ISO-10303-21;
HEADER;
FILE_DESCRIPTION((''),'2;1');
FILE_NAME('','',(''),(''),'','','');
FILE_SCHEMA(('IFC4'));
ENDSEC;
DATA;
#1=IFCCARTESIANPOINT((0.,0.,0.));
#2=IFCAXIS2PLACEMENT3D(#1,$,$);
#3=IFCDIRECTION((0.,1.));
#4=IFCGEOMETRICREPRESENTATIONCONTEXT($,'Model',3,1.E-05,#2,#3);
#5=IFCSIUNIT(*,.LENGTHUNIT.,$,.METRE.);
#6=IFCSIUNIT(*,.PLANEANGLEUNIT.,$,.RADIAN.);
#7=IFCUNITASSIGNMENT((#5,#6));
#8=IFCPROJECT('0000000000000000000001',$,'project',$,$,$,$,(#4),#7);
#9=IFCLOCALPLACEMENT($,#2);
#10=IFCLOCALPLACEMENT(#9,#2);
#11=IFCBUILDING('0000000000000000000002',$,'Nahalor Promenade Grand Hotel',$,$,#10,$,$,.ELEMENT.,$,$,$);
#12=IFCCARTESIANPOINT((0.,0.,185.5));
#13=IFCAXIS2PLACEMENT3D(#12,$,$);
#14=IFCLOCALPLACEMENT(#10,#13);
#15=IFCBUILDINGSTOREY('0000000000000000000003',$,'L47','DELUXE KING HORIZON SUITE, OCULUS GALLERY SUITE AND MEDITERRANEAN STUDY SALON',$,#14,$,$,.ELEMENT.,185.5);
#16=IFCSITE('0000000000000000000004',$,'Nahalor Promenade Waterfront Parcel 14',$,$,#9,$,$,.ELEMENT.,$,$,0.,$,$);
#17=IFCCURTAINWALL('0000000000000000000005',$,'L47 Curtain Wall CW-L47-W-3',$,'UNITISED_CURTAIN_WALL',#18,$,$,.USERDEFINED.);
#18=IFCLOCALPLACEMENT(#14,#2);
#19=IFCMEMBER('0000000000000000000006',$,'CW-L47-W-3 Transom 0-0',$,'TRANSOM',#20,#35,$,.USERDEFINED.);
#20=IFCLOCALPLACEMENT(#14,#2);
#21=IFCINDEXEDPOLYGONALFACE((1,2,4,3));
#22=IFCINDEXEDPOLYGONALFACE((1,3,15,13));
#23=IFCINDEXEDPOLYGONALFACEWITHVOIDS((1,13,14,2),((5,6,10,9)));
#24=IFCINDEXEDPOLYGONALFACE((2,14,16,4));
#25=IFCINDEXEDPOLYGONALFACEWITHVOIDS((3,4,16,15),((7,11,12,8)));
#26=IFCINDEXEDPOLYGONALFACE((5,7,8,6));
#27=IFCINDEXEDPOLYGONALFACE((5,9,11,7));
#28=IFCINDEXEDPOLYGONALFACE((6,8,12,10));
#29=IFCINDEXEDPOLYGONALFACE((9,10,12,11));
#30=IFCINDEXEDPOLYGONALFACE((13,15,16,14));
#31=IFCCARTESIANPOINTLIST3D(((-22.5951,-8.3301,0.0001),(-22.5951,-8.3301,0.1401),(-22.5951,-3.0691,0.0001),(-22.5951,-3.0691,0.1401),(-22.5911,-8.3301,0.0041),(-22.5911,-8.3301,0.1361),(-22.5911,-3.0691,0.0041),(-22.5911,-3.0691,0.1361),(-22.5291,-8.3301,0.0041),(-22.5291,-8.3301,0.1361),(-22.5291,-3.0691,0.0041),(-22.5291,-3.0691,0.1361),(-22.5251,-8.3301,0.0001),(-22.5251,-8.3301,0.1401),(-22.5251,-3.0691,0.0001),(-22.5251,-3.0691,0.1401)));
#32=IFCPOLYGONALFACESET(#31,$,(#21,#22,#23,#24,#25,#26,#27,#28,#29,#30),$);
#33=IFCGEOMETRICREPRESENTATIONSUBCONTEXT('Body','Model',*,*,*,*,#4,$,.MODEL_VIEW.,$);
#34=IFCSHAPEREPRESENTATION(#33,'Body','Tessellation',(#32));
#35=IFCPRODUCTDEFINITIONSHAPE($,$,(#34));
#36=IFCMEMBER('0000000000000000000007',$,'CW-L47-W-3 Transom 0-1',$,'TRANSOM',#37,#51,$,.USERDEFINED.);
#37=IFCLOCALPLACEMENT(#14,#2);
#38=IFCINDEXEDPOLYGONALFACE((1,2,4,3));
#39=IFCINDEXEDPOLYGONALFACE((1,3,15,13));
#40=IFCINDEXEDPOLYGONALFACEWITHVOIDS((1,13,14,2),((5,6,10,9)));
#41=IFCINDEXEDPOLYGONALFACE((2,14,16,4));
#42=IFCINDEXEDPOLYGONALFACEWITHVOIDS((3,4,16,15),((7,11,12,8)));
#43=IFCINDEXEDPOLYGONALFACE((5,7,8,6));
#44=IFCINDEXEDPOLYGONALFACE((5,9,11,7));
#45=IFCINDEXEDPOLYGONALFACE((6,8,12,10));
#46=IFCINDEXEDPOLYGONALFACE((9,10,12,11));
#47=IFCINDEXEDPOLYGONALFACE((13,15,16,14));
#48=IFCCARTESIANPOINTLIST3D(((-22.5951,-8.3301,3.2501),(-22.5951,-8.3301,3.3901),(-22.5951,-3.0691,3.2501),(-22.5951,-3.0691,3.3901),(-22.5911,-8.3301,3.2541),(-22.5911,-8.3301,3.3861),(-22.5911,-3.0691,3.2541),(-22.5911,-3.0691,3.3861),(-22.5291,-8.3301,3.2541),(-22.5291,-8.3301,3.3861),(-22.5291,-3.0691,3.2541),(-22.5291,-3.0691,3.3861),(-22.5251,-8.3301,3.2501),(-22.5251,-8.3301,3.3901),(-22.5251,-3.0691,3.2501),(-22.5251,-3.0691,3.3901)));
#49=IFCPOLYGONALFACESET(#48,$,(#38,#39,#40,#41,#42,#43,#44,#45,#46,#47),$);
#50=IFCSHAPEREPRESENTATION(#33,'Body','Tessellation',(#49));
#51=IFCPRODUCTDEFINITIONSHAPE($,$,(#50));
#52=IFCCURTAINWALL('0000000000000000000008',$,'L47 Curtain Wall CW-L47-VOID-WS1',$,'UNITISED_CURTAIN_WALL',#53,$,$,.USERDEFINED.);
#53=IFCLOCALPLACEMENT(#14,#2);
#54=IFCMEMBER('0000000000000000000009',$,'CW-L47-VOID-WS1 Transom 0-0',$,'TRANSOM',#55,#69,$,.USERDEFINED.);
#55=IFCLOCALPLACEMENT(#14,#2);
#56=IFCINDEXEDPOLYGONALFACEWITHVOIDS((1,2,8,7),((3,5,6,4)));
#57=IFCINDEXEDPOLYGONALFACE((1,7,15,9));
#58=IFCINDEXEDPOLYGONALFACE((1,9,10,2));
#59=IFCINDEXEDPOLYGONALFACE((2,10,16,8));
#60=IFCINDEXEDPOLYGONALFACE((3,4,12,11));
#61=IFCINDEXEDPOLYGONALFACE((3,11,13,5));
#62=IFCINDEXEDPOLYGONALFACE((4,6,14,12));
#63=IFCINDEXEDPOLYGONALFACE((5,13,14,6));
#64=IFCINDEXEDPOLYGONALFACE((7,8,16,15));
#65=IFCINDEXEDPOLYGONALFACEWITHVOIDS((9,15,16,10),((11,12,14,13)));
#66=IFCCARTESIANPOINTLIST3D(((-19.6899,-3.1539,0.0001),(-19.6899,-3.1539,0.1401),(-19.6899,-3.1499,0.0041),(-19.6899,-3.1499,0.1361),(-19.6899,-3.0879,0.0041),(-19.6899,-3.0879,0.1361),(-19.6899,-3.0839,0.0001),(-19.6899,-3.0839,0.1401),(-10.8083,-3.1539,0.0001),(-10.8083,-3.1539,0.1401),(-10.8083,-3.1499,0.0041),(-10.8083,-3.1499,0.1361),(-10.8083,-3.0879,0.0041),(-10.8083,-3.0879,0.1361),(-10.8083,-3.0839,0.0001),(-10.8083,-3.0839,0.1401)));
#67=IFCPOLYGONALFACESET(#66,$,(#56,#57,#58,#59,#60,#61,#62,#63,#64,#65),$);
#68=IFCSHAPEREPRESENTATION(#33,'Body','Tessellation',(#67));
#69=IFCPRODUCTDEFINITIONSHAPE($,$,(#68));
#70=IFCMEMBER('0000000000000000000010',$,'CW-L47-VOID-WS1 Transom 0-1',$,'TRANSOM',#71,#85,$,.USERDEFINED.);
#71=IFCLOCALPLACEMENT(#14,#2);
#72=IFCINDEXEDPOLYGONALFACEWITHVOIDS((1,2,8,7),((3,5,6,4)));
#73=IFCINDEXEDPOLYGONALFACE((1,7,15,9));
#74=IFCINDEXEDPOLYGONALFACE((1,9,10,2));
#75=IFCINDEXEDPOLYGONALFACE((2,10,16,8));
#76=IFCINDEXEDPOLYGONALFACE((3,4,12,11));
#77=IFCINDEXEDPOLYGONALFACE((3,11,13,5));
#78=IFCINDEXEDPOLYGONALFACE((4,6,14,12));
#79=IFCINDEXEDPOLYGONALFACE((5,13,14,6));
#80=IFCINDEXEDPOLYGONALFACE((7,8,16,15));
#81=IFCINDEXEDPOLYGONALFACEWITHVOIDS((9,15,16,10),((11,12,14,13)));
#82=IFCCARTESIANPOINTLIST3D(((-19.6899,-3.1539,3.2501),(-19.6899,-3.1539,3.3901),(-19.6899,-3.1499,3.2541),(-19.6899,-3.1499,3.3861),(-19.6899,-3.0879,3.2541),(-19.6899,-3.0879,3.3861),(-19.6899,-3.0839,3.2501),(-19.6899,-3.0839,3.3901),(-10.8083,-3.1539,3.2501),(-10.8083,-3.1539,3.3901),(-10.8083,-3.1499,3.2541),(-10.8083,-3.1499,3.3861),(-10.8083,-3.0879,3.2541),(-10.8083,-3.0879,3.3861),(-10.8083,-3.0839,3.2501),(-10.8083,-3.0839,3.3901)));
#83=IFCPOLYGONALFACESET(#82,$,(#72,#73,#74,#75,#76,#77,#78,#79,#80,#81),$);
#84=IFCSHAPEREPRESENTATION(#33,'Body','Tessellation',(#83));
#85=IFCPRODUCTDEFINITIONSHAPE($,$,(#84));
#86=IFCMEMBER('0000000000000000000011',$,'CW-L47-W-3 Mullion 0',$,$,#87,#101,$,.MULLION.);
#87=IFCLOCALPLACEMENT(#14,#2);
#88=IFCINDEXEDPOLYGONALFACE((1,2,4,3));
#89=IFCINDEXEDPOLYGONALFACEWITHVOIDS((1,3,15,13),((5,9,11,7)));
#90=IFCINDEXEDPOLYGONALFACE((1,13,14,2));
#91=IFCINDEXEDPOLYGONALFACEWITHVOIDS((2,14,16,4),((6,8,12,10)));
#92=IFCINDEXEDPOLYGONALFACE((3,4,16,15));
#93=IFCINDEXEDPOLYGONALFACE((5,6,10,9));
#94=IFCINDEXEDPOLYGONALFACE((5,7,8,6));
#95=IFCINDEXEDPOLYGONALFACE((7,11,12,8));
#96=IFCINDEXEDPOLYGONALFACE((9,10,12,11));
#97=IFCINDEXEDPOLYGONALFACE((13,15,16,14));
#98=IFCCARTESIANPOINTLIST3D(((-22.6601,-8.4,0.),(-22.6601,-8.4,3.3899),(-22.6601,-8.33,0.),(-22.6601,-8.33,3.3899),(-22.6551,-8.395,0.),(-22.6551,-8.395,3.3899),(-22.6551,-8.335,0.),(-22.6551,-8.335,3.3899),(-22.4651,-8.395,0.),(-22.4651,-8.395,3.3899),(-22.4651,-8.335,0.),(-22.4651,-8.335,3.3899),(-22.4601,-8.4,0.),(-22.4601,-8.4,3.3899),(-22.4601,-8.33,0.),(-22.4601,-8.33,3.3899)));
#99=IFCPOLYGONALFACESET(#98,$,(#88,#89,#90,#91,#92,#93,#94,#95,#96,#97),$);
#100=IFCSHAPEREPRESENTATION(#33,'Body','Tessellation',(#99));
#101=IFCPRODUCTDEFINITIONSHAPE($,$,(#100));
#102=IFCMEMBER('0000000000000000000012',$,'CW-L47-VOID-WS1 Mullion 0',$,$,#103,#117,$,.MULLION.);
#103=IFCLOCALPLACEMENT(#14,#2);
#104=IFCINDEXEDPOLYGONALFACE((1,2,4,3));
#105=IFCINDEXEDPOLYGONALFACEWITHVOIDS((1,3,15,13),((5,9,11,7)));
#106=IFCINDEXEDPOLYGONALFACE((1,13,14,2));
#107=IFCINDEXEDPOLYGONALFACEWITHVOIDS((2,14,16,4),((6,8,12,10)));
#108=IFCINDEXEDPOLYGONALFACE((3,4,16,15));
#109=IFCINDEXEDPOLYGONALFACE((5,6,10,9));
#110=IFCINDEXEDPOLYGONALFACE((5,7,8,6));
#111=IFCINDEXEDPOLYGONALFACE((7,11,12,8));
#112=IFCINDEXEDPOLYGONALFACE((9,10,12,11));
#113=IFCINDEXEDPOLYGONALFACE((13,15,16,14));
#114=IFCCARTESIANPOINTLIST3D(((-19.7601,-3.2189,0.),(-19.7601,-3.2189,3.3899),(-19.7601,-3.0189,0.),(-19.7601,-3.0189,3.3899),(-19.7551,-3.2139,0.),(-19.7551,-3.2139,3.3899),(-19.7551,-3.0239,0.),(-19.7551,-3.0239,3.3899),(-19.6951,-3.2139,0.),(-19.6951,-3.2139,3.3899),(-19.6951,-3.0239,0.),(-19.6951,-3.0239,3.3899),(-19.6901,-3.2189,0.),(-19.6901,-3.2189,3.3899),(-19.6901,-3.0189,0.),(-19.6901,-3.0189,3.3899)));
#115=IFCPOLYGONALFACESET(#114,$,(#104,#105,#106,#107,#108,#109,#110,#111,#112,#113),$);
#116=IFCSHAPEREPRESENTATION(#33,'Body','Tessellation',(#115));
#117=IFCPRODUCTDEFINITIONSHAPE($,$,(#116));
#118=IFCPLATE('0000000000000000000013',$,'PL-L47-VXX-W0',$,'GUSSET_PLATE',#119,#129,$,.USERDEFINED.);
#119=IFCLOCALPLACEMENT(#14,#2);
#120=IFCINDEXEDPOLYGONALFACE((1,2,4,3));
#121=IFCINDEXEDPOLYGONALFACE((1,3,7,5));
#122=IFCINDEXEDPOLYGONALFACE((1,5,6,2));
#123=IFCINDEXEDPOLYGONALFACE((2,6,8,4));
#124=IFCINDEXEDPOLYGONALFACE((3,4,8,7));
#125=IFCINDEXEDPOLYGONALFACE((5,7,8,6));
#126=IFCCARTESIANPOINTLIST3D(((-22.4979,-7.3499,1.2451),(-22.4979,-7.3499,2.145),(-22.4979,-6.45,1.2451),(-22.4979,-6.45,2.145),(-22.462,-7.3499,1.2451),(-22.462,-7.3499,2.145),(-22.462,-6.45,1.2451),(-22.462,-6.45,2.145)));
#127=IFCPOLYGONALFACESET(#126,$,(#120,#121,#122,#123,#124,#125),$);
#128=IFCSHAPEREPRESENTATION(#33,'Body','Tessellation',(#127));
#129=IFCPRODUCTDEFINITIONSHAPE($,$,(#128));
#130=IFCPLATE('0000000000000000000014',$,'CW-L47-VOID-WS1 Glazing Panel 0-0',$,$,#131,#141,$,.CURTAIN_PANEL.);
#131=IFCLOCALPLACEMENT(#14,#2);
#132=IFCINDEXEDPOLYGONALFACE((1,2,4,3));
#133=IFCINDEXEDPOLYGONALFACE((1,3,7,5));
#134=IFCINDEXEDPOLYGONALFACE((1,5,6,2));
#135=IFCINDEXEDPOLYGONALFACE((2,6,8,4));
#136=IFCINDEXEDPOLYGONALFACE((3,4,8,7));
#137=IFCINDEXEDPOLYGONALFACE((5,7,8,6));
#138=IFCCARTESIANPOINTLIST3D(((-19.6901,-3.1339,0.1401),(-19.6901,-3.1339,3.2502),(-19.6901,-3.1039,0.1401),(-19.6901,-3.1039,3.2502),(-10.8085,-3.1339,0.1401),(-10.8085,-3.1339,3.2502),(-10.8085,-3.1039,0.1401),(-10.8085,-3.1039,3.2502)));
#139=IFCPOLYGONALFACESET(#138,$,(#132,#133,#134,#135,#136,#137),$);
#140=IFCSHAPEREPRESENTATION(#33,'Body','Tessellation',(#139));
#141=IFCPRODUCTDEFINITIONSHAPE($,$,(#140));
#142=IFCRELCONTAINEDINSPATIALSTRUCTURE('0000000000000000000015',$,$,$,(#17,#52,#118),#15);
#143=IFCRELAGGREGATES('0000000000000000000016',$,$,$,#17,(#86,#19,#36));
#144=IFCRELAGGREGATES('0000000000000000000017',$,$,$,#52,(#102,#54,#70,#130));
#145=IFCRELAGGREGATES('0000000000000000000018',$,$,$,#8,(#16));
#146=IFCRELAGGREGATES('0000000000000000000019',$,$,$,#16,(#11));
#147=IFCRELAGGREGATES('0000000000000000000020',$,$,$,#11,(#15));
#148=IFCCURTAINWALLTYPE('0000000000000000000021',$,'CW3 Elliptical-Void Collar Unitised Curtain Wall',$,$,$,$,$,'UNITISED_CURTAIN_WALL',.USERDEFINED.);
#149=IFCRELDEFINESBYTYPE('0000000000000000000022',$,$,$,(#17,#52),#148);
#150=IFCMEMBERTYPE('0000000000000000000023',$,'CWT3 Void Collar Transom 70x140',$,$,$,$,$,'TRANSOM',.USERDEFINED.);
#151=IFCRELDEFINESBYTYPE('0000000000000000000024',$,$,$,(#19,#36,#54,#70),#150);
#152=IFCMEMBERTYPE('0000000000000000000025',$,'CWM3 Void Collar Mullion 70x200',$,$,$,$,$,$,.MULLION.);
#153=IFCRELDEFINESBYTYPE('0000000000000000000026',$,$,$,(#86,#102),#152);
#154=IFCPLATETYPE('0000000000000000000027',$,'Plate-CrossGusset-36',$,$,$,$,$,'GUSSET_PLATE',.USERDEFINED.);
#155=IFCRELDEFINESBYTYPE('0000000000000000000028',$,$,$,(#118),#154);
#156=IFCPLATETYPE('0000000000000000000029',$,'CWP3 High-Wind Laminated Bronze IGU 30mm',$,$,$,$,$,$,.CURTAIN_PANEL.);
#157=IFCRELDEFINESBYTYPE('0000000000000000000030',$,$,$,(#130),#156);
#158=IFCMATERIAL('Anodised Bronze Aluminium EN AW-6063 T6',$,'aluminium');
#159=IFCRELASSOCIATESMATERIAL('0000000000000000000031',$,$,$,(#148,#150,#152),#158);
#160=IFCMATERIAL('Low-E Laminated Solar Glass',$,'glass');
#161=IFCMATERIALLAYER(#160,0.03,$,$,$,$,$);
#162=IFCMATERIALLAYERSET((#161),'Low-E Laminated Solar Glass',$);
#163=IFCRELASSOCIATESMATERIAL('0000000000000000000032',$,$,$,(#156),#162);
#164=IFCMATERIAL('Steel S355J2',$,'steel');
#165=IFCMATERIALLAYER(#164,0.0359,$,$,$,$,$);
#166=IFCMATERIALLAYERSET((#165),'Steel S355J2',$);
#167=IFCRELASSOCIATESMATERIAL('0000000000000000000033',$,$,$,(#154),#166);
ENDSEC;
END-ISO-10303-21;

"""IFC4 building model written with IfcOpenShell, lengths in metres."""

from ifc_helpers import new_model, si_unit, direction, frame, origin, origin_2d, place, context, subcontext, project, spatial, rectangle, hollow_rectangle, extrude, source, transform, mapped, material, layer, layer_set, material_profile, profile_set, type_object, element, aggregate, save


model = new_model("IFC4")

# Units and contexts
model_context = context("Model", 3, precision=1e-05, world=origin(), true_north=direction((0.0, 1.0)))
body_context = subcontext(model_context, "Body", "Model", "MODEL_VIEW")
ifc_project = project(units=[si_unit("LENGTHUNIT", "METRE"), si_unit("PLANEANGLEUNIT", "RADIAN")], contexts=[model_context])

# Site, building, storey
site_placement = place(None, origin())
site = spatial("IfcSite", under=ifc_project, at=site_placement, Name="Nahalor Promenade Waterfront Parcel 14", CompositionType="ELEMENT", RefElevation=0.0)
building_placement = place(site_placement, origin())
building = spatial("IfcBuilding", under=site, at=building_placement, Name="Nahalor Promenade Grand Hotel", CompositionType="ELEMENT")
storey_placement = place(building_placement, frame((0.0, 0.0, 185.5)))
storey = spatial("IfcBuildingStorey", under=building, at=storey_placement, Name="L47", Description="DELUXE KING HORIZON SUITE, OCULUS GALLERY SUITE AND MEDITERRANEAN STUDY SALON", CompositionType="ELEMENT", Elevation=185.5)

# Shared definitions
ifc_material_1 = material(Name="Steel S355J2", Category="steel")

# Curtain walls, members
ifc_material_2 = material(Name="Anodised Bronze Aluminium EN AW-6063 T6", Category="aluminium")
curtain_wall_type = type_object("IfcCurtainWallType", Name="CW3 Elliptical-Void Collar Unitised Curtain Wall", ElementType="UNITISED_CURTAIN_WALL", PredefinedType="USERDEFINED", material=ifc_material_2)
curtain_wall_1_placement = place(storey_placement, origin())
curtain_wall_1 = element("IfcCurtainWall", 1, at=curtain_wall_1_placement, inside=storey, type_object=curtain_wall_type, Name="L47 Curtain Wall CW-L47-W-3", ObjectType="UNITISED_CURTAIN_WALL", PredefinedType="USERDEFINED")
ifc_material_profile_1 = material_profile(ifc_material_2, hollow_rectangle(XDim=0.07, YDim=0.14, WallThickness=0.004, at=origin_2d()), Name="CWT 70x140x4")
ifc_profile_set_1 = profile_set([ifc_material_profile_1], Name="Anodised Bronze Aluminium EN AW-6063 T6")
member_type_1 = type_object("IfcMemberType", Name="CWT3 Void Collar Transom 70x140", ElementType="TRANSOM", PredefinedType="USERDEFINED", material=ifc_profile_set_1)
shared_shape_1 = source(origin(), body_context, "Body", "SweptSolid", [
    extrude(hollow_rectangle(XDim=0.07, YDim=0.14, WallThickness=0.004, at=origin_2d()), origin(), (0.0, 0.0, 1.0), 5.261),
])
member_1_placement = place(storey_placement, frame((-22.5601, -8.3301, 0.0701), z_axis=(0.0, 1.0, 0.0), x_axis=(-1.0, 0.0, 0.0)))
member_1 = element("IfcMember", 2, at=member_1_placement, type_object=member_type_1, Name="CW-L47-W-3 Transom 0-0", ObjectType="TRANSOM", PredefinedType="USERDEFINED", context=body_context, shape_type="MappedRepresentation", body=[
    mapped(shared_shape_1, transform((0.0, 0.0, 0.0), scale=1.0)),
])
member_2_placement = place(storey_placement, frame((-22.5601, -8.3301, 3.3201), z_axis=(0.0, 1.0, 0.0), x_axis=(-1.0, 0.0, 0.0)))
member_2 = element("IfcMember", 3, at=member_2_placement, type_object=member_type_1, Name="CW-L47-W-3 Transom 0-1", ObjectType="TRANSOM", PredefinedType="USERDEFINED", context=body_context, shape_type="MappedRepresentation", body=[
    mapped(shared_shape_1, transform((0.0, 0.0, 0.0), scale=1.0)),
])
curtain_wall_2_placement = place(storey_placement, origin())
curtain_wall_2 = element("IfcCurtainWall", 4, at=curtain_wall_2_placement, inside=storey, type_object=curtain_wall_type, Name="L47 Curtain Wall CW-L47-VOID-WS1", ObjectType="UNITISED_CURTAIN_WALL", PredefinedType="USERDEFINED")
shared_shape_2 = source(origin(), body_context, "Body", "SweptSolid", [
    extrude(hollow_rectangle(XDim=0.07, YDim=0.14, WallThickness=0.004, at=origin_2d()), origin(), (0.0, 0.0, 1.0), 8.8816),
])
member_3_placement = place(storey_placement, frame((-19.6899, -3.1189, 0.0701), z_axis=(1.0, 0.0, 0.0), x_axis=(0.0, 1.0, 0.0)))
member_3 = element("IfcMember", 5, at=member_3_placement, type_object=member_type_1, Name="CW-L47-VOID-WS1 Transom 0-0", ObjectType="TRANSOM", PredefinedType="USERDEFINED", context=body_context, shape_type="MappedRepresentation", body=[
    mapped(shared_shape_2, transform((0.0, 0.0, 0.0), scale=1.0)),
])
member_4_placement = place(storey_placement, frame((-19.6899, -3.1189, 3.3201), z_axis=(1.0, 0.0, 0.0), x_axis=(0.0, 1.0, 0.0)))
member_4 = element("IfcMember", 6, at=member_4_placement, type_object=member_type_1, Name="CW-L47-VOID-WS1 Transom 0-1", ObjectType="TRANSOM", PredefinedType="USERDEFINED", context=body_context, shape_type="MappedRepresentation", body=[
    mapped(shared_shape_2, transform((0.0, 0.0, 0.0), scale=1.0)),
])

# Members
ifc_material_profile_2 = material_profile(ifc_material_2, hollow_rectangle(XDim=0.07, YDim=0.2, WallThickness=0.005, at=origin_2d()), Name="CWM 70x200x5")
ifc_profile_set_2 = profile_set([ifc_material_profile_2], Name="Anodised Bronze Aluminium EN AW-6063 T6")
member_type_2 = type_object("IfcMemberType", Name="CWM3 Void Collar Mullion 70x200", PredefinedType="MULLION", material=ifc_profile_set_2)
shared_shape_3 = source(origin(), body_context, "Body", "SweptSolid", [
    extrude(hollow_rectangle(XDim=0.07, YDim=0.2, WallThickness=0.005, at=origin_2d()), origin(), (0.0, 0.0, 1.0), 3.3899),
])
member_5_placement = place(storey_placement, frame((-22.5601, -8.365, 0.0), z_axis=(0.0, 0.0, 1.0), x_axis=(0.0, 1.0, 0.0)))
member_5 = element("IfcMember", 7, at=member_5_placement, type_object=member_type_2, Name="CW-L47-W-3 Mullion 0", PredefinedType="MULLION", context=body_context, shape_type="MappedRepresentation", body=[
    mapped(shared_shape_3, transform((0.0, 0.0, 0.0), scale=1.0)),
])
member_6_placement = place(storey_placement, frame((-19.7251, -3.1189, 0.0), z_axis=(0.0, 0.0, 1.0), x_axis=(1.0, 0.0, 0.0)))
member_6 = element("IfcMember", 8, at=member_6_placement, type_object=member_type_2, Name="CW-L47-VOID-WS1 Mullion 0", PredefinedType="MULLION", context=body_context, shape_type="MappedRepresentation", body=[
    mapped(shared_shape_3, transform((0.0, 0.0, 0.0), scale=1.0)),
])

# Plates
ifc_material_3 = material(Name="Low-E Laminated Solar Glass", Category="glass")
ifc_layer_1 = layer(ifc_material_3, 0.03)
ifc_layer_set_1 = layer_set([ifc_layer_1], Name="Low-E Laminated Solar Glass")
plate_type_1 = type_object("IfcPlateType", Name="CWP3 High-Wind Laminated Bronze IGU 30mm", PredefinedType="CURTAIN_PANEL", material=ifc_layer_set_1)
aggregate(curtain_wall_1, [member_5, member_1, member_2])
ifc_layer_2 = layer(ifc_material_1, 0.0359)
ifc_layer_set_2 = layer_set([ifc_layer_2], Name="Steel S355J2")
plate_type_2 = type_object("IfcPlateType", Name="Plate-CrossGusset-36", ElementType="GUSSET_PLATE", PredefinedType="USERDEFINED", material=ifc_layer_set_2)
shared_shape_4 = source(origin(), body_context, "Body", "SweptSolid", [
    extrude(rectangle(XDim=0.8999, YDim=0.0359, at=origin_2d()), origin(), (0.0, 0.0, 1.0), 0.8999),
])
plate_1_placement = place(storey_placement, frame((-22.48, -6.8999, 1.2451), z_axis=(0.0, 0.0, 1.0), x_axis=(0.0, 1.0, 0.0)))
element("IfcPlate", 9, at=plate_1_placement, inside=storey, type_object=plate_type_2, Name="PL-L47-VXX-W0", ObjectType="GUSSET_PLATE", PredefinedType="USERDEFINED", context=body_context, shape_type="MappedRepresentation", body=[
    mapped(shared_shape_4, transform((0.0, 0.0, 0.0), scale=1.0)),
])
shared_shape_5 = source(origin(), body_context, "Body", "SweptSolid", [
    extrude(rectangle(XDim=8.8816, YDim=0.03, at=origin_2d()), origin(), (0.0, 0.0, 1.0), 3.1101),
])
plate_2_placement = place(storey_placement, frame((-15.2493, -3.1189, 0.1401), z_axis=(0.0, 0.0, 1.0), x_axis=(1.0, 0.0, 0.0)))
plate_2 = element("IfcPlate", 10, at=plate_2_placement, type_object=plate_type_1, Name="CW-L47-VOID-WS1 Glazing Panel 0-0", PredefinedType="CURTAIN_PANEL", context=body_context, shape_type="MappedRepresentation", body=[
    mapped(shared_shape_5, transform((0.0, 0.0, 0.0), scale=1.0)),
])
aggregate(curtain_wall_2, [member_6, member_3, member_4, plate_2])

save(model, "model.ifc")
